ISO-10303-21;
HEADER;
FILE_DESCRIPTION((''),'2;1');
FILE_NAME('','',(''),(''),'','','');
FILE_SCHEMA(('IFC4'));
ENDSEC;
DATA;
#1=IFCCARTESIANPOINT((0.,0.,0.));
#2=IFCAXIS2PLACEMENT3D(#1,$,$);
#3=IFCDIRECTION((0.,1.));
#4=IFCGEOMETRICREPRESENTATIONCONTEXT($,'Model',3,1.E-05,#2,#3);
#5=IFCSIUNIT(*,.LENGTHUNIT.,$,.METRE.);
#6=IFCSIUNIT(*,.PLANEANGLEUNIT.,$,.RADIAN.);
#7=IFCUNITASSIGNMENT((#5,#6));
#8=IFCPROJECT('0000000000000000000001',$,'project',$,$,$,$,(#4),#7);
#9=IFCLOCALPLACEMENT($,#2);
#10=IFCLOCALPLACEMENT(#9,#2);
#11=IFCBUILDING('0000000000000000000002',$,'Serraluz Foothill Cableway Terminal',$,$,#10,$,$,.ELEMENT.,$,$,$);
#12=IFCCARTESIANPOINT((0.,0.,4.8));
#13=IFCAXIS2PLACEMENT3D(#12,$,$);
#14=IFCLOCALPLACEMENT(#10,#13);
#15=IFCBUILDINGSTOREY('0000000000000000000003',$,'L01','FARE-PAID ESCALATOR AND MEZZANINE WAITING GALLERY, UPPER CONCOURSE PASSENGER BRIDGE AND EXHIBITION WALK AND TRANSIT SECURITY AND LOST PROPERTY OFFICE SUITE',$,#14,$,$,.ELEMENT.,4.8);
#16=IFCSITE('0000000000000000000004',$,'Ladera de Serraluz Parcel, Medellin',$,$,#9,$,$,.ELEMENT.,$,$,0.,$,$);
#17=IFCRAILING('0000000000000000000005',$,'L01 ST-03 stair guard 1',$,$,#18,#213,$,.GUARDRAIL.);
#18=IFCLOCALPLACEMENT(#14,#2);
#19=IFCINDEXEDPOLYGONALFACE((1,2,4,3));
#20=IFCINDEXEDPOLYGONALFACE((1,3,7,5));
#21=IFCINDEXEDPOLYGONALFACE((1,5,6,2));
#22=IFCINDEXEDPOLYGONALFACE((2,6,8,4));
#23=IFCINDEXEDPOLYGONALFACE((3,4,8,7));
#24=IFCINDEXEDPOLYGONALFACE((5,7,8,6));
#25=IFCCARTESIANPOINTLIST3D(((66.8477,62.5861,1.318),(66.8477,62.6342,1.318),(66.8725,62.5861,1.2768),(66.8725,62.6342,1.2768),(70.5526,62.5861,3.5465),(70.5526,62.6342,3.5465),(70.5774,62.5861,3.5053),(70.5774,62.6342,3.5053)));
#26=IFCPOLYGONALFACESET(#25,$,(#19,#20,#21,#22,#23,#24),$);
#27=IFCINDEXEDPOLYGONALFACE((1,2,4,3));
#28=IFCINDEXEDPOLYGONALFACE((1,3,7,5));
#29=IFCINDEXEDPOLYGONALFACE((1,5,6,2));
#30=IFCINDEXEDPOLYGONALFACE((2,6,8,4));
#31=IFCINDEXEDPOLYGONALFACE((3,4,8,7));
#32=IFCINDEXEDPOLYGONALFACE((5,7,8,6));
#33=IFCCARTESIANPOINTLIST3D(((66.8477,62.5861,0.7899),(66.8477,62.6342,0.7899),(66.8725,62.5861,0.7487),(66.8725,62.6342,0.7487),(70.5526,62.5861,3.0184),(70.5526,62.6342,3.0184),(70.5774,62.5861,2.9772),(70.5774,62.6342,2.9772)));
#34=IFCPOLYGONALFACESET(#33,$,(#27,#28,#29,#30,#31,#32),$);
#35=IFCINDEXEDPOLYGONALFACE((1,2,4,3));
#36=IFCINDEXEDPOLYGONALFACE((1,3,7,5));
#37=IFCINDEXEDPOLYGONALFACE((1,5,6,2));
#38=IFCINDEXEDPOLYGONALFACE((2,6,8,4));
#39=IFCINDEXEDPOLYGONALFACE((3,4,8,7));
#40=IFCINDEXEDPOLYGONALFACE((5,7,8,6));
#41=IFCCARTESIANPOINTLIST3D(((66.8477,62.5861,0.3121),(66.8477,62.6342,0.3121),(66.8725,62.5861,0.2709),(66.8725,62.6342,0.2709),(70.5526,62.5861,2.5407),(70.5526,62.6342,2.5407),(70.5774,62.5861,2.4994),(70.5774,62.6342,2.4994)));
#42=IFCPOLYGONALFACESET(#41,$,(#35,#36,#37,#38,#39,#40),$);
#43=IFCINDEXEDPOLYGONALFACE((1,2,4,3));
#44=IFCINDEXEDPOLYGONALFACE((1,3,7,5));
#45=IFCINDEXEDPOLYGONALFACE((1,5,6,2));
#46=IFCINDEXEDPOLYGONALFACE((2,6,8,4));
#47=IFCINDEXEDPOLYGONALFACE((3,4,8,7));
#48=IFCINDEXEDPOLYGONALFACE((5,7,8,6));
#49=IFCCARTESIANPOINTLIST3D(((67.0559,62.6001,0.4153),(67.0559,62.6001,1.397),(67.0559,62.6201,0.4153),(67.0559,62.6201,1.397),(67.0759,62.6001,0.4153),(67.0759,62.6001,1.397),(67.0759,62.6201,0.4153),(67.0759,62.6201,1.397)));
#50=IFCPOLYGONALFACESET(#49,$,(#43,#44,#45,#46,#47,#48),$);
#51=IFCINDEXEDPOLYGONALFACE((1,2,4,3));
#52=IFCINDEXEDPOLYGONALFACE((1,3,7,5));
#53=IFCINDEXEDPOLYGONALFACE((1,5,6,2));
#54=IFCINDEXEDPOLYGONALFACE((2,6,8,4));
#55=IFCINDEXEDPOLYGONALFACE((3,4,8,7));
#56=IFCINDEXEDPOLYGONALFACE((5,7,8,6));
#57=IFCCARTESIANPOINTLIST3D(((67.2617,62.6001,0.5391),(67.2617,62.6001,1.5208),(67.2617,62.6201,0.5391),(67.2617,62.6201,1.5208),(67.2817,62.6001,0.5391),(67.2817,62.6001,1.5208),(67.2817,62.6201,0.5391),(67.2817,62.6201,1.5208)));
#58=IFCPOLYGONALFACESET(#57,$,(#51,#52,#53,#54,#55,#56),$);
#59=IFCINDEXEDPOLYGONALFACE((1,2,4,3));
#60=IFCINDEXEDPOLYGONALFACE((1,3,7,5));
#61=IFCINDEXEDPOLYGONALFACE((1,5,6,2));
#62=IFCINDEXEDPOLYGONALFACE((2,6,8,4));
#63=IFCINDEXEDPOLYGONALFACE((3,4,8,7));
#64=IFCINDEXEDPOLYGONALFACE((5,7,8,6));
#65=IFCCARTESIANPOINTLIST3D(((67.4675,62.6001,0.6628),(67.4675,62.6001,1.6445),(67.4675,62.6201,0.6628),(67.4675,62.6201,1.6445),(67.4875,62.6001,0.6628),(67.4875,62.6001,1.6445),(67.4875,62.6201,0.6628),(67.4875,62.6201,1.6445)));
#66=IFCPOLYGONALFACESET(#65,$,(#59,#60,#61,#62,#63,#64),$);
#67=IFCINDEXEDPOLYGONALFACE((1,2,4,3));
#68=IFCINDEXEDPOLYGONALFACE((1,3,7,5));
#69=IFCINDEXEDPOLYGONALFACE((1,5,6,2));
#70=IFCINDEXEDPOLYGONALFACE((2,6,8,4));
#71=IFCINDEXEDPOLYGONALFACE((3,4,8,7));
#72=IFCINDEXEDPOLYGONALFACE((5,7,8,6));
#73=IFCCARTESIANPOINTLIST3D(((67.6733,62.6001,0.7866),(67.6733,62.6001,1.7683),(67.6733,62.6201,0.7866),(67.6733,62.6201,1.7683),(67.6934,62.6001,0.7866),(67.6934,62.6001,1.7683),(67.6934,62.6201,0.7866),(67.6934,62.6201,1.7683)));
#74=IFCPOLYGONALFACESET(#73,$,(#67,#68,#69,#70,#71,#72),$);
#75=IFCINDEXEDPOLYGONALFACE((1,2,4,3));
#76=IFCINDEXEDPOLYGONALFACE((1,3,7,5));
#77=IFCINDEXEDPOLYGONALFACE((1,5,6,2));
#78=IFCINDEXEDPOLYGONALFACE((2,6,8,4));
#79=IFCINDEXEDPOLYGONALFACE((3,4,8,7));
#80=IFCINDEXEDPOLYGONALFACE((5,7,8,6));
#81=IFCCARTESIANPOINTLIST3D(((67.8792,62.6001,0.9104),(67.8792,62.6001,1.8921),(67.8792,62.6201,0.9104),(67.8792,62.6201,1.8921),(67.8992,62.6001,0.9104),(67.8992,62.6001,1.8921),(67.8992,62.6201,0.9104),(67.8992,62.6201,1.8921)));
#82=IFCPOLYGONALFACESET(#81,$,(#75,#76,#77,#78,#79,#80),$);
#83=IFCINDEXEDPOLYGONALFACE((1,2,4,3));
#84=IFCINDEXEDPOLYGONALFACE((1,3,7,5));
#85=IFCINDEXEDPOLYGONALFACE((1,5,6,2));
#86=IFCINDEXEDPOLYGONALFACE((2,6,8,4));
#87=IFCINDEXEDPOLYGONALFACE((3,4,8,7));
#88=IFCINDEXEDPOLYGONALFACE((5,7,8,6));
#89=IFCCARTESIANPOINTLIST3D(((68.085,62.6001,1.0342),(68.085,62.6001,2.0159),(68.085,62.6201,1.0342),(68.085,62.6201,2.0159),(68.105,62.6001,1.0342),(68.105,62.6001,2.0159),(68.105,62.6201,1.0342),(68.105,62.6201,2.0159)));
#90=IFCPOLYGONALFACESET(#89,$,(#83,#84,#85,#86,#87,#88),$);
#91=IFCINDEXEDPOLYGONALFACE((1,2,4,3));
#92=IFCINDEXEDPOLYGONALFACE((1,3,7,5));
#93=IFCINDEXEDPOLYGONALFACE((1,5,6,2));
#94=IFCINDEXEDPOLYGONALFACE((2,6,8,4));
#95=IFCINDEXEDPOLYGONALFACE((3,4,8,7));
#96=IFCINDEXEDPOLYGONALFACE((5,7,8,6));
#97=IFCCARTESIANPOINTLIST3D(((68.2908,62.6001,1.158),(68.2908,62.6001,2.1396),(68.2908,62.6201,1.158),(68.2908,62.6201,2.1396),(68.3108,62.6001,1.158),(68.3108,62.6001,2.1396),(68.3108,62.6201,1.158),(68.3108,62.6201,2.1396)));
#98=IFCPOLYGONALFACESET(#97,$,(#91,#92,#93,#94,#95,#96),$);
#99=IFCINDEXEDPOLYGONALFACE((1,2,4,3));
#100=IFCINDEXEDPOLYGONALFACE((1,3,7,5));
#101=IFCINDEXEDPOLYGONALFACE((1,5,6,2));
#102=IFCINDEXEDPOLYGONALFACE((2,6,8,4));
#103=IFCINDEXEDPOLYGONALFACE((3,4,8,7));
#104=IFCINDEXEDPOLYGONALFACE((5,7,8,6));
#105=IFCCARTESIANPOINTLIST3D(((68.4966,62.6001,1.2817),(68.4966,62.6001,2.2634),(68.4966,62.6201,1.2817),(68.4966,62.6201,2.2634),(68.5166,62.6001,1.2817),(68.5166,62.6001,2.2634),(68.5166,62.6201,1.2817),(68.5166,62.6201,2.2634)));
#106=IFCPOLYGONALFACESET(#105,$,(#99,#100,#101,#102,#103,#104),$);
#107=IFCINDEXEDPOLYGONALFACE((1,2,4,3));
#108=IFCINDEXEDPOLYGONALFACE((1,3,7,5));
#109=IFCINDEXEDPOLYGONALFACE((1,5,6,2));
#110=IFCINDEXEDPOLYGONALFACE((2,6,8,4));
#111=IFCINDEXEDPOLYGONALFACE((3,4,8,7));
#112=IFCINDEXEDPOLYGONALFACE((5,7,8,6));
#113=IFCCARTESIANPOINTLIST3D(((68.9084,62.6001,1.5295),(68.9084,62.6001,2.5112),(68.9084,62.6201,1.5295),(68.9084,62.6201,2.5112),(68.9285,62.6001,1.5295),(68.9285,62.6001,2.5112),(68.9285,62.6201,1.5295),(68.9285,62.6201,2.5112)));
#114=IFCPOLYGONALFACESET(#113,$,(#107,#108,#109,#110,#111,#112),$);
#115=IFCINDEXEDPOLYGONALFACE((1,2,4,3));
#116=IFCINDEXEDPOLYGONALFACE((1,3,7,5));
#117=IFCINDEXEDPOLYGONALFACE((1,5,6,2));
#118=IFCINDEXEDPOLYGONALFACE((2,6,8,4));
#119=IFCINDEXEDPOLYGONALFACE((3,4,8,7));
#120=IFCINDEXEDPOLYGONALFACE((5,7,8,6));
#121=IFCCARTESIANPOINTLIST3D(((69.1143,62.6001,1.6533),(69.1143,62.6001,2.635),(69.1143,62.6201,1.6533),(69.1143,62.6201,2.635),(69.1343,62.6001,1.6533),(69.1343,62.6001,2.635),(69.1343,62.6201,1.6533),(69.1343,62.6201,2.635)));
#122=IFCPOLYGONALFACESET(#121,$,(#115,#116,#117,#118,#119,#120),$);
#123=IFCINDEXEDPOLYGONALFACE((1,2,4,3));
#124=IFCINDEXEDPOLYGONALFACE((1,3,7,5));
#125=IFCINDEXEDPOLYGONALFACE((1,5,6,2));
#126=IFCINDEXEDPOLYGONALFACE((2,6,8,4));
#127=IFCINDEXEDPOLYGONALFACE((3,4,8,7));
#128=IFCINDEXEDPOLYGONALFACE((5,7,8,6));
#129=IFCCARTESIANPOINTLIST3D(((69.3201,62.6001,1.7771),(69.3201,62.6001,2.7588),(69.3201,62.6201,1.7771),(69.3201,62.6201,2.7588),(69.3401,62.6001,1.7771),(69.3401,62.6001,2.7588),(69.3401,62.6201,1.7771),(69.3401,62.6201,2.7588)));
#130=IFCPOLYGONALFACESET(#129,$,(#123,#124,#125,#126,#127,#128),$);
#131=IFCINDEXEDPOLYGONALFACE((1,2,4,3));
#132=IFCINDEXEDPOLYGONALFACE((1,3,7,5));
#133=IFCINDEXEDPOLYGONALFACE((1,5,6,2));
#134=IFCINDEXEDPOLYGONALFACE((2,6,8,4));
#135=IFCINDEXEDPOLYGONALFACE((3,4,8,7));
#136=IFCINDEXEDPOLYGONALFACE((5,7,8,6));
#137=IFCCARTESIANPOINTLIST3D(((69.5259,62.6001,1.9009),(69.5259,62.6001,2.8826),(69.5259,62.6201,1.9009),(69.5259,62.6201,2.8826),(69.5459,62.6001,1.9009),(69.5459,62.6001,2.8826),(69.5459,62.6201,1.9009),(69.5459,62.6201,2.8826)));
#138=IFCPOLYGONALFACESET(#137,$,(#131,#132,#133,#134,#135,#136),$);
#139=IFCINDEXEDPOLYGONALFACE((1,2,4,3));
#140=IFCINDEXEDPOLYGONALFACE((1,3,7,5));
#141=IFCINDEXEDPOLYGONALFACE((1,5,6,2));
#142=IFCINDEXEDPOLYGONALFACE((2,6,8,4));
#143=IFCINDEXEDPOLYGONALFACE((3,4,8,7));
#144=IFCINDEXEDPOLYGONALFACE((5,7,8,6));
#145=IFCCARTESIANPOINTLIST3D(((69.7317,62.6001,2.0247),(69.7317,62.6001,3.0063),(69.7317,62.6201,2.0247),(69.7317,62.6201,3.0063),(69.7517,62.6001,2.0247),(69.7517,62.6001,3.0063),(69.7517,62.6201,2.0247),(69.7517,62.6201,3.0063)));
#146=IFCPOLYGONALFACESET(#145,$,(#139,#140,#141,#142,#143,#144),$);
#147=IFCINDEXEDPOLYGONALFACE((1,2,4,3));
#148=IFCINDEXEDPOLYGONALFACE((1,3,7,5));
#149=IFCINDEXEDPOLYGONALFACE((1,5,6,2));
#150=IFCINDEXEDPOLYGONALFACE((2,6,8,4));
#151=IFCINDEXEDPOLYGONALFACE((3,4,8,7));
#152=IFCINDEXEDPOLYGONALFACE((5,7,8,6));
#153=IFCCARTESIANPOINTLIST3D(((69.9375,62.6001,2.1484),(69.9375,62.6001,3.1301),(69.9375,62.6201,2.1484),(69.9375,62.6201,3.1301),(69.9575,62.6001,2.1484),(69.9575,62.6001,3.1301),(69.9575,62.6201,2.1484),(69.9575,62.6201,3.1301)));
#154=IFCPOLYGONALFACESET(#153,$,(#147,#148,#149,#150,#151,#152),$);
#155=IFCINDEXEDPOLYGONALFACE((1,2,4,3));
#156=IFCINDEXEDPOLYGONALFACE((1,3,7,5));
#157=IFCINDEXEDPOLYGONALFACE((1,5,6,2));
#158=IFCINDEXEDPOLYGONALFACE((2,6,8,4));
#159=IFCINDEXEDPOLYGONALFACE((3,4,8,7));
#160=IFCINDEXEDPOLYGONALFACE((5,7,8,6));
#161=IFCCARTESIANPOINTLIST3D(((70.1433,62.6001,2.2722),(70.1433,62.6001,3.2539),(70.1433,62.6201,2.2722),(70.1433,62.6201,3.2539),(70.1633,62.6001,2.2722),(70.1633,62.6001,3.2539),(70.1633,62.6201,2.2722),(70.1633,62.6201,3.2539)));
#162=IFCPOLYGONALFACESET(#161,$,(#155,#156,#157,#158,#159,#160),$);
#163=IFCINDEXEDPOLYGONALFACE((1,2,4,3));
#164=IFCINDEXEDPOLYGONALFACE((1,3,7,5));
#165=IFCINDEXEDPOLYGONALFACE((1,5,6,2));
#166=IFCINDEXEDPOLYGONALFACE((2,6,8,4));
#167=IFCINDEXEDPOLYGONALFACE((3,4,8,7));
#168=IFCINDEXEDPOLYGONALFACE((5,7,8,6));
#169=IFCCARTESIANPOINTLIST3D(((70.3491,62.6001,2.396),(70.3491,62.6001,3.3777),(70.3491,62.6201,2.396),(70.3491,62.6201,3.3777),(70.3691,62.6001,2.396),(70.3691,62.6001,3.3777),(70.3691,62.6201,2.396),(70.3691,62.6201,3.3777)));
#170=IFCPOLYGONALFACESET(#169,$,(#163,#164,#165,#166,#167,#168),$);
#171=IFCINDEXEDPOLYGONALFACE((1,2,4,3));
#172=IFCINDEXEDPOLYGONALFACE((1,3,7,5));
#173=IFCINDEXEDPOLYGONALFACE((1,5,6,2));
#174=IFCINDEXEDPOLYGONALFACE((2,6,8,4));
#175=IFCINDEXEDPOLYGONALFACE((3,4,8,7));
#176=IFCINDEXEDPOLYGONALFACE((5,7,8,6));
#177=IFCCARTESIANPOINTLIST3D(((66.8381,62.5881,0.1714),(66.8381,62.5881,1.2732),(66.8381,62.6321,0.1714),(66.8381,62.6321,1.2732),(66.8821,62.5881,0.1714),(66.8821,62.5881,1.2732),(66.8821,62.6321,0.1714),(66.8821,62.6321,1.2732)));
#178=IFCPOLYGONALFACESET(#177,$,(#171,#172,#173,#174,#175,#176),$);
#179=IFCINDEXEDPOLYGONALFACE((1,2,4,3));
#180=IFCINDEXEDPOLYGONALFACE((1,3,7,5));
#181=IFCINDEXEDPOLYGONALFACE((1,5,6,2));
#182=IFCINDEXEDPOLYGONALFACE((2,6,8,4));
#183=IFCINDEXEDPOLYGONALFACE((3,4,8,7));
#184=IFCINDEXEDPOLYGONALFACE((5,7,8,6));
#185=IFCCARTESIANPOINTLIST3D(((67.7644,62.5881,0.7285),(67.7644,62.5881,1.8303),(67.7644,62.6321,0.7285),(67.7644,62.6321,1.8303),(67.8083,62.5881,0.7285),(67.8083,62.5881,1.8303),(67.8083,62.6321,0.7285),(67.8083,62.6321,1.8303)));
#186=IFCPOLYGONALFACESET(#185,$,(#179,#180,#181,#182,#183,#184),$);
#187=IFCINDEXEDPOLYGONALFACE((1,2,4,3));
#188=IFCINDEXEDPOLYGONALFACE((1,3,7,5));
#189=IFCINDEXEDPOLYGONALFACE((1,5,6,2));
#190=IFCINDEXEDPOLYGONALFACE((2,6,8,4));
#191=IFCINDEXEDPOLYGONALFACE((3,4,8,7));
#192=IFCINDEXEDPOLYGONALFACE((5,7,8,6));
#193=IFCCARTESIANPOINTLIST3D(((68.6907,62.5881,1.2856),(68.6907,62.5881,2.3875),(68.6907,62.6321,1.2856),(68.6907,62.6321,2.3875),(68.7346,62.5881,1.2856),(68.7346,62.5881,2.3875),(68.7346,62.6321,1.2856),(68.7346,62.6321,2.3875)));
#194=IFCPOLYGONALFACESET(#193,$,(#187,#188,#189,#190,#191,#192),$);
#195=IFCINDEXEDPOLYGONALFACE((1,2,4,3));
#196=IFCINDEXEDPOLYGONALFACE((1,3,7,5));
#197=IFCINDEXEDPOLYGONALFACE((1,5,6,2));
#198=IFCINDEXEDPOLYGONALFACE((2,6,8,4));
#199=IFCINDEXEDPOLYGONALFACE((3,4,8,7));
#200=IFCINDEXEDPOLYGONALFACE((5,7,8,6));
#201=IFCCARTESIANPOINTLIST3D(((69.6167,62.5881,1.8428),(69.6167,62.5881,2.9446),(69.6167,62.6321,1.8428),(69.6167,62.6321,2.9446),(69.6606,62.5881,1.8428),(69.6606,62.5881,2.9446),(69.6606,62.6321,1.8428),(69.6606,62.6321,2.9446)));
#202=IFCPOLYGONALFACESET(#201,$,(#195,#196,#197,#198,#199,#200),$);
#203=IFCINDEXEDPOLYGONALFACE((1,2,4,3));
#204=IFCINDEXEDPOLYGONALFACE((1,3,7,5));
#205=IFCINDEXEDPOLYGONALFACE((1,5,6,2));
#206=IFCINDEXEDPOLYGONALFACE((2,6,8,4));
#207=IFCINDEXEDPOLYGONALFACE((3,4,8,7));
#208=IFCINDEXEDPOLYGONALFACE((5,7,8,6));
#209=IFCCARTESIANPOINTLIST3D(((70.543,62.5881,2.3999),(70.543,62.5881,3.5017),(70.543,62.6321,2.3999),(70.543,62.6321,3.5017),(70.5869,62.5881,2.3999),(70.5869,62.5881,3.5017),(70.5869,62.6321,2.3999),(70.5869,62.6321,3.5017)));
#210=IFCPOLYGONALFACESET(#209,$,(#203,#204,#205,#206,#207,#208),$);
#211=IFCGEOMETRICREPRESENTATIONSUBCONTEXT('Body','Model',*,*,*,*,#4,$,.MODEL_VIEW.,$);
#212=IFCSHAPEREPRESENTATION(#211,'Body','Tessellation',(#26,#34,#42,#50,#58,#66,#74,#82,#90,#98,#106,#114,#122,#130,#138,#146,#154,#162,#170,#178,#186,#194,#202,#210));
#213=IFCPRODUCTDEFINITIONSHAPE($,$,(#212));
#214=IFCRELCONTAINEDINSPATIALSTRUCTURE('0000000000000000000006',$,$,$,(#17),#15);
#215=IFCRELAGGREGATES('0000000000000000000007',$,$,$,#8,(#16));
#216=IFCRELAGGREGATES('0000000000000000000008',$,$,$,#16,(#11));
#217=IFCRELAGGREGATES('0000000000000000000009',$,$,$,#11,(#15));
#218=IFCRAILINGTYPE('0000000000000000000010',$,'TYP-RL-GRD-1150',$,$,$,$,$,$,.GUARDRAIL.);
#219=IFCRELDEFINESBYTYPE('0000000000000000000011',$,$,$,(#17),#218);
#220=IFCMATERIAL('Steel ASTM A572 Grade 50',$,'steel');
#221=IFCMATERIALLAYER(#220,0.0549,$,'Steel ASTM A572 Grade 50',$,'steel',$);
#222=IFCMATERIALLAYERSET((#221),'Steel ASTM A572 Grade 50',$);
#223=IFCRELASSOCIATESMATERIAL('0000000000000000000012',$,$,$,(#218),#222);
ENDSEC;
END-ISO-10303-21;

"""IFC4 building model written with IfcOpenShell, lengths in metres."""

from ifc_helpers import new_model, si_unit, direction, frame, origin, origin_2d, place, context, subcontext, project, spatial, rectangle, extrude, material, layer, layer_set, type_object, element, save


model = new_model("IFC4")

# Units and contexts
model_context = context("Model", 3, precision=1e-05, world=origin(), true_north=direction((0.0, 1.0)))
body_context = subcontext(model_context, "Body", "Model", "MODEL_VIEW")
ifc_project = project(units=[si_unit("LENGTHUNIT", "METRE"), si_unit("PLANEANGLEUNIT", "RADIAN")], contexts=[model_context])

# Site, building, storey
site_placement = place(None, origin())
site = spatial("IfcSite", under=ifc_project, at=site_placement, Name="Ladera de Serraluz Parcel, Medellin", CompositionType="ELEMENT", RefElevation=0.0)
building_placement = place(site_placement, origin())
building = spatial("IfcBuilding", under=site, at=building_placement, Name="Serraluz Foothill Cableway Terminal", CompositionType="ELEMENT")
storey_placement = place(building_placement, frame((0.0, 0.0, 4.8)))
storey = spatial("IfcBuildingStorey", under=building, at=storey_placement, Name="L01", Description="FARE-PAID ESCALATOR AND MEZZANINE WAITING GALLERY, UPPER CONCOURSE PASSENGER BRIDGE AND EXHIBITION WALK AND TRANSIT SECURITY AND LOST PROPERTY OFFICE SUITE", CompositionType="ELEMENT", Elevation=4.8)

# Railing
ifc_material_1 = material(Name="Steel ASTM A572 Grade 50", Category="steel")
ifc_layer_1 = layer(ifc_material_1, 0.0549, Name="Steel ASTM A572 Grade 50", Category="steel")
ifc_layer_set_1 = layer_set([ifc_layer_1], Name="Steel ASTM A572 Grade 50")
railing_type_1 = type_object("IfcRailingType", Name="TYP-RL-GRD-1150", PredefinedType="GUARDRAIL", material=ifc_layer_set_1)
railing_1_placement = place(storey_placement, frame((66.8601, 62.6101, 0.1714)))
element("IfcRailing", 1, at=railing_1_placement, inside=storey, type_object=railing_type_1, Name="L01 ST-03 stair guard 1", PredefinedType="GUARDRAIL", context=body_context, shape_type="SweptSolid", body=[
    extrude(rectangle(XDim=0.0481, YDim=0.0481, at=origin_2d()), frame((0.0, 0.0, 1.126), z_axis=(0.856919, 0.0, 0.51545), x_axis=(0.0, 1.0, 0.0)), (0.0, 0.0, 1.0), 4.3235),
    extrude(rectangle(XDim=0.0481, YDim=0.0481, at=origin_2d()), frame((0.0, 0.0, 0.5979), z_axis=(0.856919, 0.0, 0.51545), x_axis=(0.0, 1.0, 0.0)), (0.0, 0.0, 1.0), 4.3235),
    extrude(rectangle(XDim=0.0481, YDim=0.0481, at=origin_2d()), frame((0.0, 0.0, 0.1201), z_axis=(0.856919, 0.0, 0.51545), x_axis=(0.0, 1.0, 0.0)), (0.0, 0.0, 1.0), 4.3235),
    extrude(rectangle(XDim=0.02, YDim=0.02, at=origin_2d()), frame((0.2058, 0.0, 0.2439)), (0.0, 0.0, 1.0), 0.9817),
    extrude(rectangle(XDim=0.02, YDim=0.02, at=origin_2d()), frame((0.4116, 0.0, 0.3677)), (0.0, 0.0, 1.0), 0.9817),
    extrude(rectangle(XDim=0.02, YDim=0.02, at=origin_2d()), frame((0.6174, 0.0, 0.4915)), (0.0, 0.0, 1.0), 0.9817),
    extrude(rectangle(XDim=0.02, YDim=0.02, at=origin_2d()), frame((0.8232, 0.0, 0.6152)), (0.0, 0.0, 1.0), 0.9817),
    extrude(rectangle(XDim=0.02, YDim=0.02, at=origin_2d()), frame((1.0291, 0.0, 0.739)), (0.0, 0.0, 1.0), 0.9817),
    extrude(rectangle(XDim=0.02, YDim=0.02, at=origin_2d()), frame((1.2349, 0.0, 0.8628)), (0.0, 0.0, 1.0), 0.9817),
    extrude(rectangle(XDim=0.02, YDim=0.02, at=origin_2d()), frame((1.4407, 0.0, 0.9866)), (0.0, 0.0, 1.0), 0.9817),
    extrude(rectangle(XDim=0.02, YDim=0.02, at=origin_2d()), frame((1.6465, 0.0, 1.1104)), (0.0, 0.0, 1.0), 0.9817),
    extrude(rectangle(XDim=0.02, YDim=0.02, at=origin_2d()), frame((2.0583, 0.0, 1.3582)), (0.0, 0.0, 1.0), 0.9817),
    extrude(rectangle(XDim=0.02, YDim=0.02, at=origin_2d()), frame((2.2642, 0.0, 1.4819)), (0.0, 0.0, 1.0), 0.9817),
    extrude(rectangle(XDim=0.02, YDim=0.02, at=origin_2d()), frame((2.47, 0.0, 1.6057)), (0.0, 0.0, 1.0), 0.9817),
    extrude(rectangle(XDim=0.02, YDim=0.02, at=origin_2d()), frame((2.6758, 0.0, 1.7295)), (0.0, 0.0, 1.0), 0.9817),
    extrude(rectangle(XDim=0.02, YDim=0.02, at=origin_2d()), frame((2.8816, 0.0, 1.8533)), (0.0, 0.0, 1.0), 0.9817),
    extrude(rectangle(XDim=0.02, YDim=0.02, at=origin_2d()), frame((3.0874, 0.0, 1.9771)), (0.0, 0.0, 1.0), 0.9817),
    extrude(rectangle(XDim=0.02, YDim=0.02, at=origin_2d()), frame((3.2932, 0.0, 2.1008)), (0.0, 0.0, 1.0), 0.9817),
    extrude(rectangle(XDim=0.02, YDim=0.02, at=origin_2d()), frame((3.499, 0.0, 2.2246)), (0.0, 0.0, 1.0), 0.9817),
    extrude(rectangle(XDim=0.0439, YDim=0.0439, at=origin_2d()), origin(), (0.0, 0.0, 1.0), 1.1018),
    extrude(rectangle(XDim=0.0439, YDim=0.0439, at=origin_2d()), frame((0.9263, 0.0, 0.5571)), (0.0, 0.0, 1.0), 1.1018),
    extrude(rectangle(XDim=0.0439, YDim=0.0439, at=origin_2d()), frame((1.8525, 0.0, 1.1143)), (0.0, 0.0, 1.0), 1.1018),
    extrude(rectangle(XDim=0.0439, YDim=0.0439, at=origin_2d()), frame((2.7786, 0.0, 1.6714)), (0.0, 0.0, 1.0), 1.1018),
    extrude(rectangle(XDim=0.0439, YDim=0.0439, at=origin_2d()), frame((3.7048, 0.0, 2.2285)), (0.0, 0.0, 1.0), 1.1018),
])

save(model, "model.ifc")
